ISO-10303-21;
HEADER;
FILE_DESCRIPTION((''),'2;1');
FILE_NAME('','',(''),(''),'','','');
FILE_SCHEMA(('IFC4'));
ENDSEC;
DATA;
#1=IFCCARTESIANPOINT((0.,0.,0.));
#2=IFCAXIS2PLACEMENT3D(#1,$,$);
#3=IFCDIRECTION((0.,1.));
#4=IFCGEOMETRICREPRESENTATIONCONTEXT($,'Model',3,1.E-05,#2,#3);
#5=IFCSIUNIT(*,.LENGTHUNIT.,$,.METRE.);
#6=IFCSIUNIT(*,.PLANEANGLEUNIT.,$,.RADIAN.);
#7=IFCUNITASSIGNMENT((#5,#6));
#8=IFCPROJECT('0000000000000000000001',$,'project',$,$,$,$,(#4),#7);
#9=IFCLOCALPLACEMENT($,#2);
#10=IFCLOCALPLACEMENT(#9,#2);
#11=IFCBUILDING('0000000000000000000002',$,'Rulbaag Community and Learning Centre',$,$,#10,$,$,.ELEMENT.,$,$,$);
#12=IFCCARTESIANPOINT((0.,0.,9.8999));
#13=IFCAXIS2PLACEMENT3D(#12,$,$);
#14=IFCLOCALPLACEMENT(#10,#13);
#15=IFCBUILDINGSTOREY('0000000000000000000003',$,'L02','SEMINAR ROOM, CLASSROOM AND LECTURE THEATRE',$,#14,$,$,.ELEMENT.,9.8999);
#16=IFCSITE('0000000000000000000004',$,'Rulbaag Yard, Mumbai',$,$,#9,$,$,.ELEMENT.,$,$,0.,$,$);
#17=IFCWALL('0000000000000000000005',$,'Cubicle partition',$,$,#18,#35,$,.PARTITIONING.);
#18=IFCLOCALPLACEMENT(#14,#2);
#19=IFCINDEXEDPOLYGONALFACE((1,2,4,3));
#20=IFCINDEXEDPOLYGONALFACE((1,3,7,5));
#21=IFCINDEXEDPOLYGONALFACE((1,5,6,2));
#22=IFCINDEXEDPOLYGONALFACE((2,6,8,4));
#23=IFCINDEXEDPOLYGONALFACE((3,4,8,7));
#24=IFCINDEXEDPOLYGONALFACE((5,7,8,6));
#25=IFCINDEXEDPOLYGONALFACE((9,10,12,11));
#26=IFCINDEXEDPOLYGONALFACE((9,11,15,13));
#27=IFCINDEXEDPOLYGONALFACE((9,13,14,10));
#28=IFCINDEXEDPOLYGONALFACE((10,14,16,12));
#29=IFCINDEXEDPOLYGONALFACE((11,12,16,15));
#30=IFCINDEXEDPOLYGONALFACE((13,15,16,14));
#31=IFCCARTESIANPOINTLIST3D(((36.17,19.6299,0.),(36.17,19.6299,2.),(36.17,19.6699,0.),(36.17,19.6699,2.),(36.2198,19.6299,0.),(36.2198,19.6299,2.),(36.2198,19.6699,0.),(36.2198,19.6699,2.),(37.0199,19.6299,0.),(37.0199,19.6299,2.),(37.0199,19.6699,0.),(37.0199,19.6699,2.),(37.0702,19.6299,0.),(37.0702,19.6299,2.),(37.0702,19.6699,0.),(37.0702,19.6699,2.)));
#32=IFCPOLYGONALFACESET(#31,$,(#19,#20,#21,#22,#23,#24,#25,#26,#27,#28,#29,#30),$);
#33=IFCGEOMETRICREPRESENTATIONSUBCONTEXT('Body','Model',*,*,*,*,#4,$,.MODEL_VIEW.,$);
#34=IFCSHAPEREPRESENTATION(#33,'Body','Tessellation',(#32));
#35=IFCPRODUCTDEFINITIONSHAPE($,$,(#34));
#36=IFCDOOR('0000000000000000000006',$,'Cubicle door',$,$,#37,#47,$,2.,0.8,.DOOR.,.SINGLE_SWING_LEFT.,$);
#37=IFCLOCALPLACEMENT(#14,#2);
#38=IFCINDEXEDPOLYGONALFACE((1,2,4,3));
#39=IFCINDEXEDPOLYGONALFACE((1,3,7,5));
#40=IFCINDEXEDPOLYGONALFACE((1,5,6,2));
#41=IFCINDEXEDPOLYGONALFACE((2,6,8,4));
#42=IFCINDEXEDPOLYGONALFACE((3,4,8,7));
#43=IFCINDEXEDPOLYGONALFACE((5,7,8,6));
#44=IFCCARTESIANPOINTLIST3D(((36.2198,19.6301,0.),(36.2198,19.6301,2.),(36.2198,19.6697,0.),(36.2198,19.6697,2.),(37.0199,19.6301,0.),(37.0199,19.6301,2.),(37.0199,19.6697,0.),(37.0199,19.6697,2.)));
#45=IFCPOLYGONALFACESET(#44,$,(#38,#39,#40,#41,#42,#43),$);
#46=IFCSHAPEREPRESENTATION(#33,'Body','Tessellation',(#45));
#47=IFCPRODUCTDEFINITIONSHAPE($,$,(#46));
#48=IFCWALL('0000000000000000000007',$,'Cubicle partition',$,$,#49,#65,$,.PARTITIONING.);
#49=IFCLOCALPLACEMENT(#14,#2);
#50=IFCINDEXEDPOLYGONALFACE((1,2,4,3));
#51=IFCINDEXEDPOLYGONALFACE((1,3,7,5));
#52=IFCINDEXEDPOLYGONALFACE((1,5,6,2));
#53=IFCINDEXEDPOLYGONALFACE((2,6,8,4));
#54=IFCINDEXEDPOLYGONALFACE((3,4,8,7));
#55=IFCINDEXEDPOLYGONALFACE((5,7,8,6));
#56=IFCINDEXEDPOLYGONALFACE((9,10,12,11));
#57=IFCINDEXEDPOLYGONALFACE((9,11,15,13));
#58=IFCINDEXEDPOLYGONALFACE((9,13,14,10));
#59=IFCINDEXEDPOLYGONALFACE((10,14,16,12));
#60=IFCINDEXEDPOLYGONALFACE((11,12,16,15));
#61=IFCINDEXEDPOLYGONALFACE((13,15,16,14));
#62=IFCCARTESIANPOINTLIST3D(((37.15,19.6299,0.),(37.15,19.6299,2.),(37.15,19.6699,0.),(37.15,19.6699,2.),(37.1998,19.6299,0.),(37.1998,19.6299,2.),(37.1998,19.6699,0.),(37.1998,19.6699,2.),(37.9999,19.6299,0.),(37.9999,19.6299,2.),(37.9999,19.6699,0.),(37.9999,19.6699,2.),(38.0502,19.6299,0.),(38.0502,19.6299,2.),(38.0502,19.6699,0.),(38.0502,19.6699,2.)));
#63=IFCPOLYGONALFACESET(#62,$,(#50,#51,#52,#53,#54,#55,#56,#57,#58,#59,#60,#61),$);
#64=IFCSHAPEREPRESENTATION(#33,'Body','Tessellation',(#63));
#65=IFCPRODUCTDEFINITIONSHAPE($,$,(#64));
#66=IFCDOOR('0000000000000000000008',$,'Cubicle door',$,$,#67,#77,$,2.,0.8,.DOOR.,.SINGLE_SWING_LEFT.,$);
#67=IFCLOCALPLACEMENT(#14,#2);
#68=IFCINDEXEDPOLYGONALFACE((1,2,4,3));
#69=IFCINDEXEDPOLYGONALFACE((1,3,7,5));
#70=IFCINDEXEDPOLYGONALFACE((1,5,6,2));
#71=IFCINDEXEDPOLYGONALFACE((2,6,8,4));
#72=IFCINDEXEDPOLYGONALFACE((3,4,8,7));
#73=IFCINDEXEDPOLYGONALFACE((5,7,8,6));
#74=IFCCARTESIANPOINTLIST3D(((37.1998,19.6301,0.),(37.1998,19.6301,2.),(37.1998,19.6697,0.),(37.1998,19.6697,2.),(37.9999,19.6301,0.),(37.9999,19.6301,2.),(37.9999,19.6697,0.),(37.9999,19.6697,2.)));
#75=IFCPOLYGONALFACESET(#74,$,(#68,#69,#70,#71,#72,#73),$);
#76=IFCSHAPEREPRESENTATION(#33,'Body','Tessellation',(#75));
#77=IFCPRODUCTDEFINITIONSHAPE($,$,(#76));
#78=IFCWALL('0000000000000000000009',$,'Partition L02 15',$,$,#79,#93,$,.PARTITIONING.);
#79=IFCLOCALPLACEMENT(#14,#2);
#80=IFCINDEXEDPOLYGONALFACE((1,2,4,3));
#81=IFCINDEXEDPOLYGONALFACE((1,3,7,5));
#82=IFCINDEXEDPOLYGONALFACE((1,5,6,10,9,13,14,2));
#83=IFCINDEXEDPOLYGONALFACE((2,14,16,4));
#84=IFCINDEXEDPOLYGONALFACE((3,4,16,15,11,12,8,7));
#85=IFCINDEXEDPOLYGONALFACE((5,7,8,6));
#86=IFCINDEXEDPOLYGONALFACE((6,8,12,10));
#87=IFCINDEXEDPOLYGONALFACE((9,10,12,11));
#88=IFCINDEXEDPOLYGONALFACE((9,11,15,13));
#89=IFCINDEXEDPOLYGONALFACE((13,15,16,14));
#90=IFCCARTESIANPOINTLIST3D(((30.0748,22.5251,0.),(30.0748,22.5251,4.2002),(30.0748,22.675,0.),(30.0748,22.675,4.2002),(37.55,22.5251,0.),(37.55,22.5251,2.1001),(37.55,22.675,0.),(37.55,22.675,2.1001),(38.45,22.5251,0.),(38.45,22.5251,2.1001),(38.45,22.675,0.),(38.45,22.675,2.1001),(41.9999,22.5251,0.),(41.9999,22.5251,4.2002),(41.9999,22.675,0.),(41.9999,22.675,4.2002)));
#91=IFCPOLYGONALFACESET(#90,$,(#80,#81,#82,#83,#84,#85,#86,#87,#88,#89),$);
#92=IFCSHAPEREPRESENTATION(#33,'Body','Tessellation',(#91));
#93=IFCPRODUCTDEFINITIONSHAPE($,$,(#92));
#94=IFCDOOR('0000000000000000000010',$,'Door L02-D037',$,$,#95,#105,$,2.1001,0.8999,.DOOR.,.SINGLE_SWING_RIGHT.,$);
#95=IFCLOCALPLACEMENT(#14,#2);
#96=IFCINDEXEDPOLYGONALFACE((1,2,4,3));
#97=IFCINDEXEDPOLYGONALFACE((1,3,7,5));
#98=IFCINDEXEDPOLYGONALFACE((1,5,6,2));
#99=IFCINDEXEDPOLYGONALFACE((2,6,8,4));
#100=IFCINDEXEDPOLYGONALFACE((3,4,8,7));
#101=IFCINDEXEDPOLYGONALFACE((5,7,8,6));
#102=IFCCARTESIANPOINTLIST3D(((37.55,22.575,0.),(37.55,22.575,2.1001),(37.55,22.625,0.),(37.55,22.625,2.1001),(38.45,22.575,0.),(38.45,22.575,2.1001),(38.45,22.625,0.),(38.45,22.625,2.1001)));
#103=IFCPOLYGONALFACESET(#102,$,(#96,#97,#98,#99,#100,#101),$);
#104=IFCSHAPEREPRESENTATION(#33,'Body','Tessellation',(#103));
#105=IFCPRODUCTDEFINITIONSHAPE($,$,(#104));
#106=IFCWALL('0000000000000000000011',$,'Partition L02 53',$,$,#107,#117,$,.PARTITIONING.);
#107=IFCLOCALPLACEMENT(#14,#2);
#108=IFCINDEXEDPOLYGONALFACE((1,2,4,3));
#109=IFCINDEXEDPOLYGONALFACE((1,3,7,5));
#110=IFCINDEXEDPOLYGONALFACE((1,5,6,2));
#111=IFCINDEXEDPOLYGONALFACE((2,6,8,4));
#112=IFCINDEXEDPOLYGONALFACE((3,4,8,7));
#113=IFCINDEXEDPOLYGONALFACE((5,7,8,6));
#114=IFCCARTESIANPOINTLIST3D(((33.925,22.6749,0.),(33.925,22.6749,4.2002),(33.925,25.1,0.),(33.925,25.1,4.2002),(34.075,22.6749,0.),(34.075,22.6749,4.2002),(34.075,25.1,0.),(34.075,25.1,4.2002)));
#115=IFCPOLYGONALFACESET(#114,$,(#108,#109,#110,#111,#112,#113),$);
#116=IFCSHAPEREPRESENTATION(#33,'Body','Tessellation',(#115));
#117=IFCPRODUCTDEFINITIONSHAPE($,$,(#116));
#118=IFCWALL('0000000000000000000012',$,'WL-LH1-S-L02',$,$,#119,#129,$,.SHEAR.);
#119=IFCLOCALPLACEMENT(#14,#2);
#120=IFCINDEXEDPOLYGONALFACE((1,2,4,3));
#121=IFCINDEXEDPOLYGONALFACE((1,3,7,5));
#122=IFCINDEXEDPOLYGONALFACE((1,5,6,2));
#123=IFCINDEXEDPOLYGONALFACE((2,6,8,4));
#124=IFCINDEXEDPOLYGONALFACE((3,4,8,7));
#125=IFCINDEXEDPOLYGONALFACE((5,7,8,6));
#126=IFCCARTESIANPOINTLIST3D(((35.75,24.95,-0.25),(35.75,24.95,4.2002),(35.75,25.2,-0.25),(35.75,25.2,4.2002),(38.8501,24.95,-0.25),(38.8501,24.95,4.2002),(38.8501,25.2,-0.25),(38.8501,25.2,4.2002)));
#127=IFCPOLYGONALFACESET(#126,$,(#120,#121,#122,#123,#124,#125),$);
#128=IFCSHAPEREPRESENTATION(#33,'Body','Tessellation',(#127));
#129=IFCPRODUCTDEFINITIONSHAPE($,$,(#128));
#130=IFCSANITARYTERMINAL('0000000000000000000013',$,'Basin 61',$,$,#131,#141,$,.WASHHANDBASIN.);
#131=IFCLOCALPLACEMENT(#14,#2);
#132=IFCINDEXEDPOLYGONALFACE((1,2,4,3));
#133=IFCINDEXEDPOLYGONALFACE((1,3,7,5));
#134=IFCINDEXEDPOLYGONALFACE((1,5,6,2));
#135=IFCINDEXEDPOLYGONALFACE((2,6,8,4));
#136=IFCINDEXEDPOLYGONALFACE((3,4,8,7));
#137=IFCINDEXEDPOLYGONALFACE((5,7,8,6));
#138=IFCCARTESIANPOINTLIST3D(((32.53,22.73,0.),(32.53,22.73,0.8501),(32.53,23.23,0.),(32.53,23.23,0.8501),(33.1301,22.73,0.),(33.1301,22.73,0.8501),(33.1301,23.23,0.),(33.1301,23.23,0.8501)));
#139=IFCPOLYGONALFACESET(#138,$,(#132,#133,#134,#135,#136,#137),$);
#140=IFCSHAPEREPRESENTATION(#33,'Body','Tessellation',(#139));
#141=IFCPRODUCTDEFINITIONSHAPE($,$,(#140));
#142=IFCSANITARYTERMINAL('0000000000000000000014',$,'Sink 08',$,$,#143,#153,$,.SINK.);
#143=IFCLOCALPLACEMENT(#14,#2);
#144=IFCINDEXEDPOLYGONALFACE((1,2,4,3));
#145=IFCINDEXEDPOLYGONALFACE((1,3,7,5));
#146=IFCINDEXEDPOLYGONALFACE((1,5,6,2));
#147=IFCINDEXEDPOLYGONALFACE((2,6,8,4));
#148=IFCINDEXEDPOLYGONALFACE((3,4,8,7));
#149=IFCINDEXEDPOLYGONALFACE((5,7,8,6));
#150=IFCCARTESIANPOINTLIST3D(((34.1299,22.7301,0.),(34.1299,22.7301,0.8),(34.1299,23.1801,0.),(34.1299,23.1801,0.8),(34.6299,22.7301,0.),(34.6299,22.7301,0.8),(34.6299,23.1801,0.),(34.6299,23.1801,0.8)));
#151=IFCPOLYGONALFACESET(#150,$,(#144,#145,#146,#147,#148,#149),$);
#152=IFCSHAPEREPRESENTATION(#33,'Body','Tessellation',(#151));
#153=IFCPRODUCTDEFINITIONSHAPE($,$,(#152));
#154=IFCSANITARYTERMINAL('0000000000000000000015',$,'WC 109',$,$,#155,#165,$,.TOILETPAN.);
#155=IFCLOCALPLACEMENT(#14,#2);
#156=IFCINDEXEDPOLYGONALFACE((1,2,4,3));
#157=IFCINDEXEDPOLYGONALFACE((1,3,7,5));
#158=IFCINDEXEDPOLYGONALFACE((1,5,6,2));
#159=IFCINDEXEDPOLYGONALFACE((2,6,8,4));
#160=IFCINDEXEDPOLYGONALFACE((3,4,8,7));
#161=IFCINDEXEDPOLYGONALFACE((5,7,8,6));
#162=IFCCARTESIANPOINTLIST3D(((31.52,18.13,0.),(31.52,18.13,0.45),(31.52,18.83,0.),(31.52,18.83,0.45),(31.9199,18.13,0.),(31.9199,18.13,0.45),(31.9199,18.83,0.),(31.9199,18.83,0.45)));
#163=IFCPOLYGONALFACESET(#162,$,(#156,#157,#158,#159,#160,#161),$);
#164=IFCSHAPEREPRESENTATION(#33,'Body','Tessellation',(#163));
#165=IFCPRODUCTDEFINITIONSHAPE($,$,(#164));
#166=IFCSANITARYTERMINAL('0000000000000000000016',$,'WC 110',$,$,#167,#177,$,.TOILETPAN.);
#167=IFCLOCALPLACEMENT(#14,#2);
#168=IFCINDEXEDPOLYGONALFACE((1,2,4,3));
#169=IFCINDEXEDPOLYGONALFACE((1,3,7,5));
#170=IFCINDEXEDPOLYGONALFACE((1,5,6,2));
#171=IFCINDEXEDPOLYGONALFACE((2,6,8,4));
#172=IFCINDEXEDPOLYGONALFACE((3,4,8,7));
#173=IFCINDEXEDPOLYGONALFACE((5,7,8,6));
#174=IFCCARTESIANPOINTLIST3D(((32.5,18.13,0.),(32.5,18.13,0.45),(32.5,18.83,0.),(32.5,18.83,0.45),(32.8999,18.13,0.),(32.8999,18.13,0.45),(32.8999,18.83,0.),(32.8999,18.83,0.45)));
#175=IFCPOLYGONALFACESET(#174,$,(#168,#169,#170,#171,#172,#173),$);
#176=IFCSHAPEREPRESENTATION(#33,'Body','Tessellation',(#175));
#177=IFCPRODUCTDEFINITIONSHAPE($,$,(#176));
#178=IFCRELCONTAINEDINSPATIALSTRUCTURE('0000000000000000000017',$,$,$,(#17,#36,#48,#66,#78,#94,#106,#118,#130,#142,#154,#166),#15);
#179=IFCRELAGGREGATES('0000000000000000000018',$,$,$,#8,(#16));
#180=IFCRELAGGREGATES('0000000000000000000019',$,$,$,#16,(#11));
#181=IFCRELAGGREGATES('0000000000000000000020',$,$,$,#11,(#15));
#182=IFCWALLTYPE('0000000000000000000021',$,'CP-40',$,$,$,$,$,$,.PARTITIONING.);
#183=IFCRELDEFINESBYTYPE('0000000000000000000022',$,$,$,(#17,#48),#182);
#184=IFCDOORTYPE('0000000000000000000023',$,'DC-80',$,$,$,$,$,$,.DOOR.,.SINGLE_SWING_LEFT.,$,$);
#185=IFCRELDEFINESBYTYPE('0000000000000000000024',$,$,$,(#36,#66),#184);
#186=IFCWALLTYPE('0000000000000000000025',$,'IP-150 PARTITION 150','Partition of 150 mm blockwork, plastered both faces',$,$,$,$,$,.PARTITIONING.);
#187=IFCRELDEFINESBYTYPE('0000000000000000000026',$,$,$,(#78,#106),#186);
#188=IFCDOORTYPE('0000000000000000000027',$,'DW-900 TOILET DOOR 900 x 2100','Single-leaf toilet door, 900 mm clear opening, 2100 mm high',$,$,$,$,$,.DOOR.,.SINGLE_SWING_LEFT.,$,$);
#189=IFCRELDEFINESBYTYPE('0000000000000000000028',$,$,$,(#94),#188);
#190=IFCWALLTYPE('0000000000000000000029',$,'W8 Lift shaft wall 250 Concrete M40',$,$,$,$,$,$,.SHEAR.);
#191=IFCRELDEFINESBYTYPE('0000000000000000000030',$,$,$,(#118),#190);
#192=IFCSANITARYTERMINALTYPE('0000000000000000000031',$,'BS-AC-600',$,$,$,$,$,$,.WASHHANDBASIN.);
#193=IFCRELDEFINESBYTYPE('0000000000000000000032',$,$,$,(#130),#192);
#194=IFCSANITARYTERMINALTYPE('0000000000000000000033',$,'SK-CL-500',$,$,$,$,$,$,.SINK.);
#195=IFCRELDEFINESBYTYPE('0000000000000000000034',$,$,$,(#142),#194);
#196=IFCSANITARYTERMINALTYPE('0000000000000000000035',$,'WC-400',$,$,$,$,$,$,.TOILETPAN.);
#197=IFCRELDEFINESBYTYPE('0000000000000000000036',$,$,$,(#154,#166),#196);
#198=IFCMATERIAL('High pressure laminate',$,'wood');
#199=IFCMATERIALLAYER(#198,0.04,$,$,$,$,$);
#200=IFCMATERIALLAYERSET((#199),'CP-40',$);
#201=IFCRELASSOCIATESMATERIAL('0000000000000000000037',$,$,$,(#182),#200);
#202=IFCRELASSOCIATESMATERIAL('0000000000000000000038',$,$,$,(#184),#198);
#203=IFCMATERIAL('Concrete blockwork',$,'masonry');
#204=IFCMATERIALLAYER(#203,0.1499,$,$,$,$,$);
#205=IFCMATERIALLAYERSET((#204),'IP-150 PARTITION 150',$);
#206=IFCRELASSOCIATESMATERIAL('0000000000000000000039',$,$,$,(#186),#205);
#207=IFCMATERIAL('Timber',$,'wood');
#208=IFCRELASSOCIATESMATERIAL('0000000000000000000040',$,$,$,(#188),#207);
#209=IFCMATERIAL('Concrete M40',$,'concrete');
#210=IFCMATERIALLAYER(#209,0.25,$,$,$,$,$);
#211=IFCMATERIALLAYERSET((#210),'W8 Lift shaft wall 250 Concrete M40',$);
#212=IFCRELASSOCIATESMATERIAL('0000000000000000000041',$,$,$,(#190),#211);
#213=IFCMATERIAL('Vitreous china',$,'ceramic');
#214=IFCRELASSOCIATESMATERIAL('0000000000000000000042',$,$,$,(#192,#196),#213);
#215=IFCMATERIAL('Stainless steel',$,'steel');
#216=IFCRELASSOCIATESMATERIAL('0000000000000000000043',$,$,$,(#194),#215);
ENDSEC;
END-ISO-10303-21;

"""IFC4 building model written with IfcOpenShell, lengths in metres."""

from ifc_helpers import new_model, si_unit, direction, frame, frame_2d, origin, origin_2d, place, context, subcontext, project, spatial, rectangle, extrude, material, layer, layer_set, type_object, element, fill, save


model = new_model("IFC4")

# Units and contexts
model_context = context("Model", 3, precision=1e-05, world=origin(), true_north=direction((0.0, 1.0)))
body_context = subcontext(model_context, "Body", "Model", "MODEL_VIEW")
ifc_project = project(units=[si_unit("LENGTHUNIT", "METRE"), si_unit("PLANEANGLEUNIT", "RADIAN")], contexts=[model_context])

# Site, building, storey
site_placement = place(None, origin())
site = spatial("IfcSite", under=ifc_project, at=site_placement, Name="Rulbaag Yard, Mumbai", CompositionType="ELEMENT", RefElevation=0.0)
building_placement = place(site_placement, origin())
building = spatial("IfcBuilding", under=site, at=building_placement, Name="Rulbaag Community and Learning Centre", CompositionType="ELEMENT")
storey_placement = place(building_placement, frame((0.0, 0.0, 9.8999)))
storey = spatial("IfcBuildingStorey", under=building, at=storey_placement, Name="L02", Description="SEMINAR ROOM, CLASSROOM AND LECTURE THEATRE", CompositionType="ELEMENT", Elevation=9.8999)

# Walls, openings, doors
ifc_material_1 = material(Name="High pressure laminate", Category="wood")
ifc_layer_1 = layer(ifc_material_1, 0.04)
ifc_layer_set_1 = layer_set([ifc_layer_1], Name="CP-40")
wall_type_1 = type_object("IfcWallType", Name="CP-40", PredefinedType="PARTITIONING", material=ifc_layer_set_1)
door_type_1 = type_object("IfcDoorType", Name="DC-80", OperationType="SINGLE_SWING_LEFT", PredefinedType="DOOR", material=ifc_material_1)
wall_1_placement = place(storey_placement, frame((36.1699, 19.6499, 0.0), z_axis=(0.0, 0.0, 1.0), x_axis=(1.0, 0.0, 0.0)))
wall_1 = element("IfcWall", 1, at=wall_1_placement, inside=storey, type_object=wall_type_1, Name="Cubicle partition", PredefinedType="PARTITIONING", context=body_context, shape_type="SweptSolid", body=[
    extrude(rectangle(XDim=0.9001, YDim=0.04, at=frame_2d((0.4502, 0.0))), origin(), (0.0, 0.0, 1.0), 2.0),
])
opening_1_placement = place(wall_1_placement, frame((0.05, 0.0, 0.0)))
opening_1 = element("IfcOpeningElement", 2, at=opening_1_placement, cuts=wall_1, PredefinedType="OPENING", context=body_context, shape_type="SweptSolid", body=[
    extrude(rectangle(XDim=0.8, YDim=2.0, at=frame_2d((0.3999, 1.0))), frame((0.0, 0.03, 0.0), z_axis=(0.0, -1.0, 0.0), x_axis=(1.0, 0.0, 0.0)), (0.0, 0.0, 1.0), 0.0601),
])
door_1_placement = place(opening_1_placement, origin())
door_1 = element("IfcDoor", 3, at=door_1_placement, inside=storey, type_object=door_type_1, Name="Cubicle door", OperationType="SINGLE_SWING_LEFT", OverallHeight=2.0, OverallWidth=0.8, PredefinedType="DOOR", context=body_context, shape_type="SweptSolid", body=[
    extrude(rectangle(XDim=0.8, YDim=2.0, at=frame_2d((0.3999, 1.0))), frame((0.0, 0.0198, 0.0), z_axis=(0.0, -1.0, 0.0), x_axis=(1.0, 0.0, 0.0)), (0.0, 0.0, 1.0), 0.0396),
])
fill(opening_1, door_1)
wall_2_placement = place(storey_placement, frame((37.1499, 19.6499, 0.0), z_axis=(0.0, 0.0, 1.0), x_axis=(1.0, 0.0, 0.0)))
wall_2 = element("IfcWall", 4, at=wall_2_placement, inside=storey, type_object=wall_type_1, Name="Cubicle partition", PredefinedType="PARTITIONING", context=body_context, shape_type="SweptSolid", body=[
    extrude(rectangle(XDim=0.9001, YDim=0.04, at=frame_2d((0.4502, 0.0))), origin(), (0.0, 0.0, 1.0), 2.0),
])
opening_2_placement = place(wall_2_placement, frame((0.05, 0.0, 0.0)))
opening_2 = element("IfcOpeningElement", 5, at=opening_2_placement, cuts=wall_2, PredefinedType="OPENING", context=body_context, shape_type="SweptSolid", body=[
    extrude(rectangle(XDim=0.8, YDim=2.0, at=frame_2d((0.3999, 1.0))), frame((0.0, 0.03, 0.0), z_axis=(0.0, -1.0, 0.0), x_axis=(1.0, 0.0, 0.0)), (0.0, 0.0, 1.0), 0.0601),
])
door_2_placement = place(opening_2_placement, origin())
door_2 = element("IfcDoor", 6, at=door_2_placement, inside=storey, type_object=door_type_1, Name="Cubicle door", OperationType="SINGLE_SWING_LEFT", OverallHeight=2.0, OverallWidth=0.8, PredefinedType="DOOR", context=body_context, shape_type="SweptSolid", body=[
    extrude(rectangle(XDim=0.8, YDim=2.0, at=frame_2d((0.3999, 1.0))), frame((0.0, 0.0198, 0.0), z_axis=(0.0, -1.0, 0.0), x_axis=(1.0, 0.0, 0.0)), (0.0, 0.0, 1.0), 0.0396),
])
fill(opening_2, door_2)
ifc_material_2 = material(Name="Concrete blockwork", Category="masonry")
ifc_layer_2 = layer(ifc_material_2, 0.1499)
ifc_layer_set_2 = layer_set([ifc_layer_2], Name="IP-150 PARTITION 150")
wall_type_2 = type_object("IfcWallType", Name="IP-150 PARTITION 150", Description="Partition of 150 mm blockwork, plastered both faces", PredefinedType="PARTITIONING", material=ifc_layer_set_2)
wall_3_placement = place(storey_placement, frame((30.075, 22.6001, 0.0), z_axis=(0.0, 0.0, 1.0), x_axis=(1.0, 0.0, 0.0)))
wall_3 = element("IfcWall", 7, at=wall_3_placement, inside=storey, type_object=wall_type_2, Name="Partition L02 15", PredefinedType="PARTITIONING", context=body_context, shape_type="SweptSolid", body=[
    extrude(rectangle(XDim=11.925, YDim=0.1499, at=frame_2d((5.9624, 0.0))), origin(), (0.0, 0.0, 1.0), 4.2002),
])
opening_3_placement = place(wall_3_placement, frame((7.4751, 0.0, 0.0)))
opening_3 = element("IfcOpeningElement", 8, at=opening_3_placement, cuts=wall_3, PredefinedType="OPENING", context=body_context, shape_type="SweptSolid", body=[
    extrude(rectangle(XDim=0.8999, YDim=2.1001, at=frame_2d((0.45, 1.05))), frame((0.0, 0.085, 0.0), z_axis=(0.0, -1.0, 0.0), x_axis=(1.0, 0.0, 0.0)), (0.0, 0.0, 1.0), 0.1699),
])
ifc_material_3 = material(Name="Timber", Category="wood")
door_type_2 = type_object("IfcDoorType", Name="DW-900 TOILET DOOR 900 x 2100", Description="Single-leaf toilet door, 900 mm clear opening, 2100 mm high", OperationType="SINGLE_SWING_LEFT", PredefinedType="DOOR", material=ifc_material_3)
door_3_placement = place(opening_3_placement, origin())
door_3 = element("IfcDoor", 9, at=door_3_placement, inside=storey, type_object=door_type_2, Name="Door L02-D037", OperationType="SINGLE_SWING_RIGHT", OverallHeight=2.1001, OverallWidth=0.8999, PredefinedType="DOOR", context=body_context, shape_type="SweptSolid", body=[
    extrude(rectangle(XDim=0.8999, YDim=2.1001, at=frame_2d((0.45, 1.05))), frame((0.0, 0.0249, 0.0), z_axis=(0.0, -1.0, 0.0), x_axis=(1.0, 0.0, 0.0)), (0.0, 0.0, 1.0), 0.05),
])
fill(opening_3, door_3)

# Walls
wall_4_placement = place(storey_placement, frame((34.0, 22.675, 0.0), z_axis=(0.0, 0.0, 1.0), x_axis=(0.0, 1.0, 0.0)))
element("IfcWall", 10, at=wall_4_placement, inside=storey, type_object=wall_type_2, Name="Partition L02 53", PredefinedType="PARTITIONING", context=body_context, shape_type="SweptSolid", body=[
    extrude(rectangle(XDim=2.425, YDim=0.1499, at=frame_2d((1.2124, 0.0))), origin(), (0.0, 0.0, 1.0), 4.2002),
])
ifc_material_4 = material(Name="Concrete M40", Category="concrete")
ifc_layer_3 = layer(ifc_material_4, 0.25)
ifc_layer_set_3 = layer_set([ifc_layer_3], Name="W8 Lift shaft wall 250 Concrete M40")
wall_type_3 = type_object("IfcWallType", Name="W8 Lift shaft wall 250 Concrete M40", PredefinedType="SHEAR", material=ifc_layer_set_3)
wall_5_placement = place(storey_placement, frame((35.75, 25.075, -0.25), z_axis=(0.0, 0.0, 1.0), x_axis=(1.0, 0.0, 0.0)))
element("IfcWall", 11, at=wall_5_placement, inside=storey, type_object=wall_type_3, Name="WL-LH1-S-L02", PredefinedType="SHEAR", context=body_context, shape_type="SweptSolid", body=[
    extrude(rectangle(XDim=3.1001, YDim=0.25, at=frame_2d((1.55, 0.0))), origin(), (0.0, 0.0, 1.0), 4.4502),
])

# Sanitary terminals
ifc_material_5 = material(Name="Vitreous china", Category="ceramic")
sanitary_terminal_type_1 = type_object("IfcSanitaryTerminalType", Name="BS-AC-600", PredefinedType="WASHHANDBASIN", material=ifc_material_5)
sanitary_terminal_1_placement = place(storey_placement, frame((32.8301, 22.98, 0.0), z_axis=(0.0, 0.0, 1.0), x_axis=(1.0, 0.0, 0.0)))
element("IfcSanitaryTerminal", 12, at=sanitary_terminal_1_placement, inside=storey, type_object=sanitary_terminal_type_1, Name="Basin 61", PredefinedType="WASHHANDBASIN", context=body_context, shape_type="SweptSolid", body=[
    extrude(rectangle(XDim=0.6001, YDim=0.5, at=origin_2d()), origin(), (0.0, 0.0, 1.0), 0.8501),
])
ifc_material_6 = material(Name="Stainless steel", Category="steel")
sanitary_terminal_type_2 = type_object("IfcSanitaryTerminalType", Name="SK-CL-500", PredefinedType="SINK", material=ifc_material_6)
sanitary_terminal_2_placement = place(storey_placement, frame((34.3799, 22.9551, 0.0), z_axis=(0.0, 0.0, 1.0), x_axis=(1.0, 0.0, 0.0)))
element("IfcSanitaryTerminal", 13, at=sanitary_terminal_2_placement, inside=storey, type_object=sanitary_terminal_type_2, Name="Sink 08", PredefinedType="SINK", context=body_context, shape_type="SweptSolid", body=[
    extrude(rectangle(XDim=0.5, YDim=0.45, at=origin_2d()), origin(), (0.0, 0.0, 1.0), 0.8),
])
sanitary_terminal_type_3 = type_object("IfcSanitaryTerminalType", Name="WC-400", PredefinedType="TOILETPAN", material=ifc_material_5)
for number, where, z_axis, x_axis, name in (
    (14, (31.72, 18.48, 0.0), (0.0, 0.0, 1.0), (1.0, 0.0, 0.0), "WC 109"),
    (15, (32.7, 18.48, 0.0), (0.0, 0.0, 1.0), (1.0, 0.0, 0.0), "WC 110"),
):
    element("IfcSanitaryTerminal", number, at=place(storey_placement, frame(where, z_axis=z_axis, x_axis=x_axis)), inside=storey, type_object=sanitary_terminal_type_3, Name=name, PredefinedType="TOILETPAN", context=body_context, shape_type="SweptSolid", body=[
        extrude(rectangle(XDim=0.3999, YDim=0.7, at=origin_2d()), origin(), (0.0, 0.0, 1.0), 0.45),
    ])

save(model, "model.ifc")
